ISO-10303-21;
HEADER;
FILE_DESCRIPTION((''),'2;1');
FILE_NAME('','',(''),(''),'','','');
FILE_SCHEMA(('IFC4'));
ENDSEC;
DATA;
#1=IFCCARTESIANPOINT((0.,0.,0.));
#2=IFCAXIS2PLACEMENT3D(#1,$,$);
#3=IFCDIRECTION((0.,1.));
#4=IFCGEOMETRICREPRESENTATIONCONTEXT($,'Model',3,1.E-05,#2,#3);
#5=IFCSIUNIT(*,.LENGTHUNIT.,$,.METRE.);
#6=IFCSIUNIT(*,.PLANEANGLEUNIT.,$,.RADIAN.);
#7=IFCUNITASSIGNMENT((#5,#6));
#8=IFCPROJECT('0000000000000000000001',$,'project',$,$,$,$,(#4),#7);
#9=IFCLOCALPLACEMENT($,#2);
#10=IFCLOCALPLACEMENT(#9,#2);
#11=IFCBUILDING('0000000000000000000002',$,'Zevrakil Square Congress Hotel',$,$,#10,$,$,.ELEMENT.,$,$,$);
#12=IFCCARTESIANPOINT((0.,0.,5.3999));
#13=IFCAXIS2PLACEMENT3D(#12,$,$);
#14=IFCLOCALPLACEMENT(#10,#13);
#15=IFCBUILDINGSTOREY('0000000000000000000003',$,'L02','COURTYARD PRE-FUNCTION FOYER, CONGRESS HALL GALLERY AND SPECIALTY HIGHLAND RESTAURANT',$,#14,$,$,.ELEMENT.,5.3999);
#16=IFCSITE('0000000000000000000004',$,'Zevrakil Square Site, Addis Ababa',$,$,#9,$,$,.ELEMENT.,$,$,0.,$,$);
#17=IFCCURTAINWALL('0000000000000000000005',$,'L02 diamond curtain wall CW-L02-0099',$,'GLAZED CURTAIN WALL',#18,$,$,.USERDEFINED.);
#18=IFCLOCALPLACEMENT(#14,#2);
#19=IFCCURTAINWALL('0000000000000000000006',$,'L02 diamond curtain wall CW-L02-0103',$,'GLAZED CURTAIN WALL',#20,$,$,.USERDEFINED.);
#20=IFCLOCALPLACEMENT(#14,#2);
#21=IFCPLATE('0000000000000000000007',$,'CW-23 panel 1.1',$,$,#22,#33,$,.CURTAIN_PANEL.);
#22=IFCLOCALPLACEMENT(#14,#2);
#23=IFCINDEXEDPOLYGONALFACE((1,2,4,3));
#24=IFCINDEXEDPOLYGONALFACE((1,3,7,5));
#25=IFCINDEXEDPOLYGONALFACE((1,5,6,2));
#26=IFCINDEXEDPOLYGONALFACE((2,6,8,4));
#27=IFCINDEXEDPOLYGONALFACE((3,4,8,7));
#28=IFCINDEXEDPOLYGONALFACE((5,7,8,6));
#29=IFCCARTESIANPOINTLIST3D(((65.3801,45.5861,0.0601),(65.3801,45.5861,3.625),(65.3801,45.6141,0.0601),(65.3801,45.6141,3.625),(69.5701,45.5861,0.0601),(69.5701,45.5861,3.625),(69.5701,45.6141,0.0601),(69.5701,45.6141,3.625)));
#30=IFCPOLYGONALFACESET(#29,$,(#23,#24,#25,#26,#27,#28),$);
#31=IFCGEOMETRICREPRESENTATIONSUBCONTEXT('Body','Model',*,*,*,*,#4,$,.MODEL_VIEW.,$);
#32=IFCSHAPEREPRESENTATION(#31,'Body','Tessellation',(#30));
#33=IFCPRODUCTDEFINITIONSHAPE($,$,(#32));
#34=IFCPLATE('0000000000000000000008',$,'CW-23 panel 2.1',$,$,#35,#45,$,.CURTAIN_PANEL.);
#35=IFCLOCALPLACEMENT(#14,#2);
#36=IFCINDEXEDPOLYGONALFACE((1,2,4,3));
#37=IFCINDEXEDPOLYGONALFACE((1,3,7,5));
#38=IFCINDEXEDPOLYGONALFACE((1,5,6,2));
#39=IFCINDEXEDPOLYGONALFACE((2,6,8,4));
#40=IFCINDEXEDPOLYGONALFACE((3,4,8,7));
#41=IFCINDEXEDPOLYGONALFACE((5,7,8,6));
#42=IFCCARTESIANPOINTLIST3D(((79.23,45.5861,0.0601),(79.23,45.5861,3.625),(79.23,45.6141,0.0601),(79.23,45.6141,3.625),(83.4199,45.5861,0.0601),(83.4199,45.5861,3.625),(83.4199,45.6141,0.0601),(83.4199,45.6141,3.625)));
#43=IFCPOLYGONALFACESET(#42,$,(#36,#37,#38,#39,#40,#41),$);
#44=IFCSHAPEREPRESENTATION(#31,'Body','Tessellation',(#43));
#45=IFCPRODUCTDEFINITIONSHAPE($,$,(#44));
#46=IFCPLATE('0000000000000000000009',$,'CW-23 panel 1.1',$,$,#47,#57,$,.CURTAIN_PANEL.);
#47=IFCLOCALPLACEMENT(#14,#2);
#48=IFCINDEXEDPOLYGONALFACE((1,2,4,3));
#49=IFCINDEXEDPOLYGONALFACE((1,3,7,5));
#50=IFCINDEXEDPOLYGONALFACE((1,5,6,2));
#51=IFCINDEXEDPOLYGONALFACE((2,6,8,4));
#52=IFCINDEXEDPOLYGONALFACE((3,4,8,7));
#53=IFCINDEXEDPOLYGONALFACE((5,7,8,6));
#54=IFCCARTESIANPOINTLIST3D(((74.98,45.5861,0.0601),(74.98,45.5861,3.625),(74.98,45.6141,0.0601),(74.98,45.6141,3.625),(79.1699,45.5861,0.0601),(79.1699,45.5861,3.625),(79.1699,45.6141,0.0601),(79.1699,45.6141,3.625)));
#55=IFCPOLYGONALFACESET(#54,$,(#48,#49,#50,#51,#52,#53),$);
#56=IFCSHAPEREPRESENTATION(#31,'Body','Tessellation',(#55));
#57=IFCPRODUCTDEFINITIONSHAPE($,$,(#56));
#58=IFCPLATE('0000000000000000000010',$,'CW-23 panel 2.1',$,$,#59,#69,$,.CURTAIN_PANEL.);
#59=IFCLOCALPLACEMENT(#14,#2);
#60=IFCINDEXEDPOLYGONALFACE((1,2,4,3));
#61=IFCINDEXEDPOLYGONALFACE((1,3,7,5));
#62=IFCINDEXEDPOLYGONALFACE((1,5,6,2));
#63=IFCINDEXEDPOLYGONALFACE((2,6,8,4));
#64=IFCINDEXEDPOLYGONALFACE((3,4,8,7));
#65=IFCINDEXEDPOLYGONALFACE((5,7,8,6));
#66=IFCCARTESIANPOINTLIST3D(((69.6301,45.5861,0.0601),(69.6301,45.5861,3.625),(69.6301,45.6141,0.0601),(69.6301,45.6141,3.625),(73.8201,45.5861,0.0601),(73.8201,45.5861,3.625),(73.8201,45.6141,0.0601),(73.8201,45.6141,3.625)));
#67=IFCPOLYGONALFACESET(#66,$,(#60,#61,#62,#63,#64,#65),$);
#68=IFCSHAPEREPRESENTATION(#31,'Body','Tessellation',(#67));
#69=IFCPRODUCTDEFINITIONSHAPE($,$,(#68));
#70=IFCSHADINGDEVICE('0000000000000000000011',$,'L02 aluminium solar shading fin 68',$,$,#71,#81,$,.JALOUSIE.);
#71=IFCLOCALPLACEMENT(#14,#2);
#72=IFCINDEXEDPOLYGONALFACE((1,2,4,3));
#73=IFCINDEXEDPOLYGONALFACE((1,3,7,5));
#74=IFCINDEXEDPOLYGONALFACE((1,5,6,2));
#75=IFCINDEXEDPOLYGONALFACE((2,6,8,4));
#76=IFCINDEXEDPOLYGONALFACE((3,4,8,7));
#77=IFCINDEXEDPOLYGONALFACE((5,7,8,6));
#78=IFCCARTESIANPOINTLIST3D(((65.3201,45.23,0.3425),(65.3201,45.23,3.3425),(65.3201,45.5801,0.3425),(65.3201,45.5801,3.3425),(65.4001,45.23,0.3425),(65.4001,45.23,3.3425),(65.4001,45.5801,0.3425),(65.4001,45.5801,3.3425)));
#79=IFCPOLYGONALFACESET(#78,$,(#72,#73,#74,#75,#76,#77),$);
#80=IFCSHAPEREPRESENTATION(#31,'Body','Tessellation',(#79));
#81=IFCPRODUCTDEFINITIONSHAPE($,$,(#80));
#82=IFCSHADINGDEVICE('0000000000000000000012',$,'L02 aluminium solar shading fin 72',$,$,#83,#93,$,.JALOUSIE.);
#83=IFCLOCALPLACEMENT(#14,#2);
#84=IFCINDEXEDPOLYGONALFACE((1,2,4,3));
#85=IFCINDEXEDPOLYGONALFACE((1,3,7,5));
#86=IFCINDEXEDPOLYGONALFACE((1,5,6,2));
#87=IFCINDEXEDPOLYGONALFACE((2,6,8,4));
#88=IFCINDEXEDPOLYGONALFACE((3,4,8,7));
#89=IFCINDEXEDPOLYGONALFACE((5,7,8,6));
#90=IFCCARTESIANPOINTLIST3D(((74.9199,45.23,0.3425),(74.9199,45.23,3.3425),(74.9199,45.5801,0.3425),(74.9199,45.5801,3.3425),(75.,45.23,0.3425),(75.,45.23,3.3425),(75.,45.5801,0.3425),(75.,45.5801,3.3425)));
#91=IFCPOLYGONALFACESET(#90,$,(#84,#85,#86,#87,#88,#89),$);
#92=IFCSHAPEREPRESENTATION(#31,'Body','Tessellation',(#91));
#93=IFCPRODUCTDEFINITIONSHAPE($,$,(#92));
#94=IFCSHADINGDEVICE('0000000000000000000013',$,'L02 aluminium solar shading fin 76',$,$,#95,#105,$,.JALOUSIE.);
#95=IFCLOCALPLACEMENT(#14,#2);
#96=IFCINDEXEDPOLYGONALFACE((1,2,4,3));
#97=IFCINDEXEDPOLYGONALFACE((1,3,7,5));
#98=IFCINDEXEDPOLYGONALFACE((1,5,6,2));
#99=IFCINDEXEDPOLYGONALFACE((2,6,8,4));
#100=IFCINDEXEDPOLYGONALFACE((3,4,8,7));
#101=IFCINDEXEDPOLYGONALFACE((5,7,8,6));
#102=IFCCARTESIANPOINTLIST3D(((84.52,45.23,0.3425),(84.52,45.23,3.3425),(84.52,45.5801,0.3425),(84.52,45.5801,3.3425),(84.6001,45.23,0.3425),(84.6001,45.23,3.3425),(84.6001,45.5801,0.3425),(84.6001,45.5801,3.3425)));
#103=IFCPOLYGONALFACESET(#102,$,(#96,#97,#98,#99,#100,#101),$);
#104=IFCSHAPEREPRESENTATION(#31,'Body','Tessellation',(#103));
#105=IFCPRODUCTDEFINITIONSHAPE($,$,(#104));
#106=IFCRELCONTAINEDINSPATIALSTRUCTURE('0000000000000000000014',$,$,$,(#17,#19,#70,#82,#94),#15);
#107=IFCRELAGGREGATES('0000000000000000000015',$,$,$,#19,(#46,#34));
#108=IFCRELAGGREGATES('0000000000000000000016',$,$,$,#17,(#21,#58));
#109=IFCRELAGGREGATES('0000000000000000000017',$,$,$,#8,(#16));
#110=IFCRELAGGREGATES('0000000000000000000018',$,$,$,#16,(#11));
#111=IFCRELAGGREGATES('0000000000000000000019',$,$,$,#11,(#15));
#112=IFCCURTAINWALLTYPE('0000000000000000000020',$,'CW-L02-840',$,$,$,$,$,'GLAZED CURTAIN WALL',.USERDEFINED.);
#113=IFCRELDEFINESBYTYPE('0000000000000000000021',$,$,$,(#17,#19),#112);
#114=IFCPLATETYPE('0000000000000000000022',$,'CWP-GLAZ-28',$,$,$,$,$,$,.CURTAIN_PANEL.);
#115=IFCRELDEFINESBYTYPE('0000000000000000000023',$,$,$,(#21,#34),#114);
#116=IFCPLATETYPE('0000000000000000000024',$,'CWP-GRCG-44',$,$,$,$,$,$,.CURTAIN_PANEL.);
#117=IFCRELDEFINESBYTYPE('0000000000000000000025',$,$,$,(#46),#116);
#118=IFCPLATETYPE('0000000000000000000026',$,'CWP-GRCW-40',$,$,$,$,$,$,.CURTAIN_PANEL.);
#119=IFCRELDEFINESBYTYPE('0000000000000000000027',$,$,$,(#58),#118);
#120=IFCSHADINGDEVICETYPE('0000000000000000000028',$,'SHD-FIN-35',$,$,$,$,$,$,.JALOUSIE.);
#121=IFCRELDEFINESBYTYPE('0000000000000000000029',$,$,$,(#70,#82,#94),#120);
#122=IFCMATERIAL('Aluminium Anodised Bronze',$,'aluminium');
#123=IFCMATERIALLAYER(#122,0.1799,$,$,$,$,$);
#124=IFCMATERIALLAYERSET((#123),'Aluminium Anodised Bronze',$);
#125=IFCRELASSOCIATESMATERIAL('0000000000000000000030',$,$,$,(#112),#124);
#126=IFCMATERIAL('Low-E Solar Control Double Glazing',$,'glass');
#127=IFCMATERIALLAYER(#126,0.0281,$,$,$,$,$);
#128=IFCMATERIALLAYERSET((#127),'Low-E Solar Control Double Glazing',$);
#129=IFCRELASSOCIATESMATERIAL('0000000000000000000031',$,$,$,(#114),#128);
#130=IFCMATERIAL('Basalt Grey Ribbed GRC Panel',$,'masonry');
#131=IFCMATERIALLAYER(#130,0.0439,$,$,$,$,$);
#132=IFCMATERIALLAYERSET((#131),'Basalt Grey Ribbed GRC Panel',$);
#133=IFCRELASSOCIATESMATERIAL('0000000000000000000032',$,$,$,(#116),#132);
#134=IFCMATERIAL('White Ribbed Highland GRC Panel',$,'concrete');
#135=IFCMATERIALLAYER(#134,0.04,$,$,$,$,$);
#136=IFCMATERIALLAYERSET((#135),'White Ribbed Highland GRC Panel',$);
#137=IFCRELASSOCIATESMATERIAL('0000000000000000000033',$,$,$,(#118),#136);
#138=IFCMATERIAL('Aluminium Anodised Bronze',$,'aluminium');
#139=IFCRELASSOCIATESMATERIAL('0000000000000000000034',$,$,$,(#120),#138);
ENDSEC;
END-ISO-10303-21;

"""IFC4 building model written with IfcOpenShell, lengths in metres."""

from ifc_helpers import new_model, si_unit, direction, frame, origin, origin_2d, place, context, subcontext, project, spatial, rectangle, extrude, material, layer, layer_set, type_object, element, aggregate, save


model = new_model("IFC4")

# Units and contexts
model_context = context("Model", 3, precision=1e-05, world=origin(), true_north=direction((0.0, 1.0)))
body_context = subcontext(model_context, "Body", "Model", "MODEL_VIEW")
ifc_project = project(units=[si_unit("LENGTHUNIT", "METRE"), si_unit("PLANEANGLEUNIT", "RADIAN")], contexts=[model_context])

# Site, building, storey
site_placement = place(None, origin())
site = spatial("IfcSite", under=ifc_project, at=site_placement, Name="Zevrakil Square Site, Addis Ababa", CompositionType="ELEMENT", RefElevation=0.0)
building_placement = place(site_placement, origin())
building = spatial("IfcBuilding", under=site, at=building_placement, Name="Zevrakil Square Congress Hotel", CompositionType="ELEMENT")
storey_placement = place(building_placement, frame((0.0, 0.0, 5.3999)))
storey = spatial("IfcBuildingStorey", under=building, at=storey_placement, Name="L02", Description="COURTYARD PRE-FUNCTION FOYER, CONGRESS HALL GALLERY AND SPECIALTY HIGHLAND RESTAURANT", CompositionType="ELEMENT", Elevation=5.3999)

# Curtain walls
ifc_material_1 = material(Name="Aluminium Anodised Bronze", Category="aluminium")
ifc_layer_1 = layer(ifc_material_1, 0.1799)
ifc_layer_set_1 = layer_set([ifc_layer_1], Name="Aluminium Anodised Bronze")
curtain_wall_type = type_object("IfcCurtainWallType", Name="CW-L02-840", ElementType="GLAZED CURTAIN WALL", PredefinedType="USERDEFINED", material=ifc_layer_set_1)
curtain_wall_1_placement = place(storey_placement, origin())
curtain_wall_1 = element("IfcCurtainWall", 1, at=curtain_wall_1_placement, inside=storey, type_object=curtain_wall_type, Name="L02 diamond curtain wall CW-L02-0099", ObjectType="GLAZED CURTAIN WALL", PredefinedType="USERDEFINED")
curtain_wall_2_placement = place(storey_placement, origin())
curtain_wall_2 = element("IfcCurtainWall", 2, at=curtain_wall_2_placement, inside=storey, type_object=curtain_wall_type, Name="L02 diamond curtain wall CW-L02-0103", ObjectType="GLAZED CURTAIN WALL", PredefinedType="USERDEFINED")

# Plates
ifc_material_2 = material(Name="Low-E Solar Control Double Glazing", Category="glass")
ifc_layer_2 = layer(ifc_material_2, 0.0281)
ifc_layer_set_2 = layer_set([ifc_layer_2], Name="Low-E Solar Control Double Glazing")
plate_type_1 = type_object("IfcPlateType", Name="CWP-GLAZ-28", PredefinedType="CURTAIN_PANEL", material=ifc_layer_set_2)
plate_1_placement = place(storey_placement, frame((67.4751, 45.6001, 0.0601), z_axis=(0.0, 0.0, 1.0), x_axis=(1.0, 0.0, 0.0)))
plate_1 = element("IfcPlate", 3, at=plate_1_placement, type_object=plate_type_1, Name="CW-23 panel 1.1", PredefinedType="CURTAIN_PANEL", context=body_context, shape_type="SweptSolid", body=[
    extrude(rectangle(XDim=4.1899, YDim=0.0281, at=origin_2d()), origin(), (0.0, 0.0, 1.0), 3.5649),
])
plate_2_placement = place(storey_placement, frame((81.325, 45.6001, 0.0601), z_axis=(0.0, 0.0, 1.0), x_axis=(1.0, 0.0, 0.0)))
plate_2 = element("IfcPlate", 4, at=plate_2_placement, type_object=plate_type_1, Name="CW-23 panel 2.1", PredefinedType="CURTAIN_PANEL", context=body_context, shape_type="SweptSolid", body=[
    extrude(rectangle(XDim=4.1899, YDim=0.0281, at=origin_2d()), origin(), (0.0, 0.0, 1.0), 3.5649),
])
ifc_material_3 = material(Name="Basalt Grey Ribbed GRC Panel", Category="masonry")
ifc_layer_3 = layer(ifc_material_3, 0.0439)
ifc_layer_set_3 = layer_set([ifc_layer_3], Name="Basalt Grey Ribbed GRC Panel")
plate_type_2 = type_object("IfcPlateType", Name="CWP-GRCG-44", PredefinedType="CURTAIN_PANEL", material=ifc_layer_set_3)
plate_3_placement = place(storey_placement, frame((77.075, 45.6001, 0.0601), z_axis=(0.0, 0.0, 1.0), x_axis=(1.0, 0.0, 0.0)))
plate_3 = element("IfcPlate", 5, at=plate_3_placement, type_object=plate_type_2, Name="CW-23 panel 1.1", PredefinedType="CURTAIN_PANEL", context=body_context, shape_type="SweptSolid", body=[
    extrude(rectangle(XDim=4.1899, YDim=0.0281, at=origin_2d()), origin(), (0.0, 0.0, 1.0), 3.5649),
])
aggregate(curtain_wall_2, [plate_3, plate_2])
ifc_material_4 = material(Name="White Ribbed Highland GRC Panel", Category="concrete")
ifc_layer_4 = layer(ifc_material_4, 0.04)
ifc_layer_set_4 = layer_set([ifc_layer_4], Name="White Ribbed Highland GRC Panel")
plate_type_3 = type_object("IfcPlateType", Name="CWP-GRCW-40", PredefinedType="CURTAIN_PANEL", material=ifc_layer_set_4)
plate_4_placement = place(storey_placement, frame((71.7251, 45.6001, 0.0601), z_axis=(0.0, 0.0, 1.0), x_axis=(1.0, 0.0, 0.0)))
plate_4 = element("IfcPlate", 6, at=plate_4_placement, type_object=plate_type_3, Name="CW-23 panel 2.1", PredefinedType="CURTAIN_PANEL", context=body_context, shape_type="SweptSolid", body=[
    extrude(rectangle(XDim=4.1899, YDim=0.0281, at=origin_2d()), origin(), (0.0, 0.0, 1.0), 3.5649),
])
aggregate(curtain_wall_1, [plate_1, plate_4])

# Shading devices
ifc_material_5 = material(Name="Aluminium Anodised Bronze", Category="aluminium")
shading_device_type = type_object("IfcShadingDeviceType", Name="SHD-FIN-35", PredefinedType="JALOUSIE", material=ifc_material_5)
for number, where, z_axis, x_axis, name in (
    (7, (65.3601, 45.405, 0.3425), (0.0, 0.0, 1.0), (0.0, -1.0, 0.0), "L02 aluminium solar shading fin 68"),
    (8, (74.96, 45.405, 0.3425), (0.0, 0.0, 1.0), (0.0, -1.0, 0.0), "L02 aluminium solar shading fin 72"),
    (9, (84.5601, 45.405, 0.3425), (0.0, 0.0, 1.0), (0.0, -1.0, 0.0), "L02 aluminium solar shading fin 76"),
):
    element("IfcShadingDevice", number, at=place(storey_placement, frame(where, z_axis=z_axis, x_axis=x_axis)), inside=storey, type_object=shading_device_type, Name=name, PredefinedType="JALOUSIE", context=body_context, shape_type="SweptSolid", body=[
        extrude(rectangle(XDim=0.3501, YDim=0.0801, at=origin_2d()), origin(), (0.0, 0.0, 1.0), 3.0),
    ])

save(model, "model.ifc")
